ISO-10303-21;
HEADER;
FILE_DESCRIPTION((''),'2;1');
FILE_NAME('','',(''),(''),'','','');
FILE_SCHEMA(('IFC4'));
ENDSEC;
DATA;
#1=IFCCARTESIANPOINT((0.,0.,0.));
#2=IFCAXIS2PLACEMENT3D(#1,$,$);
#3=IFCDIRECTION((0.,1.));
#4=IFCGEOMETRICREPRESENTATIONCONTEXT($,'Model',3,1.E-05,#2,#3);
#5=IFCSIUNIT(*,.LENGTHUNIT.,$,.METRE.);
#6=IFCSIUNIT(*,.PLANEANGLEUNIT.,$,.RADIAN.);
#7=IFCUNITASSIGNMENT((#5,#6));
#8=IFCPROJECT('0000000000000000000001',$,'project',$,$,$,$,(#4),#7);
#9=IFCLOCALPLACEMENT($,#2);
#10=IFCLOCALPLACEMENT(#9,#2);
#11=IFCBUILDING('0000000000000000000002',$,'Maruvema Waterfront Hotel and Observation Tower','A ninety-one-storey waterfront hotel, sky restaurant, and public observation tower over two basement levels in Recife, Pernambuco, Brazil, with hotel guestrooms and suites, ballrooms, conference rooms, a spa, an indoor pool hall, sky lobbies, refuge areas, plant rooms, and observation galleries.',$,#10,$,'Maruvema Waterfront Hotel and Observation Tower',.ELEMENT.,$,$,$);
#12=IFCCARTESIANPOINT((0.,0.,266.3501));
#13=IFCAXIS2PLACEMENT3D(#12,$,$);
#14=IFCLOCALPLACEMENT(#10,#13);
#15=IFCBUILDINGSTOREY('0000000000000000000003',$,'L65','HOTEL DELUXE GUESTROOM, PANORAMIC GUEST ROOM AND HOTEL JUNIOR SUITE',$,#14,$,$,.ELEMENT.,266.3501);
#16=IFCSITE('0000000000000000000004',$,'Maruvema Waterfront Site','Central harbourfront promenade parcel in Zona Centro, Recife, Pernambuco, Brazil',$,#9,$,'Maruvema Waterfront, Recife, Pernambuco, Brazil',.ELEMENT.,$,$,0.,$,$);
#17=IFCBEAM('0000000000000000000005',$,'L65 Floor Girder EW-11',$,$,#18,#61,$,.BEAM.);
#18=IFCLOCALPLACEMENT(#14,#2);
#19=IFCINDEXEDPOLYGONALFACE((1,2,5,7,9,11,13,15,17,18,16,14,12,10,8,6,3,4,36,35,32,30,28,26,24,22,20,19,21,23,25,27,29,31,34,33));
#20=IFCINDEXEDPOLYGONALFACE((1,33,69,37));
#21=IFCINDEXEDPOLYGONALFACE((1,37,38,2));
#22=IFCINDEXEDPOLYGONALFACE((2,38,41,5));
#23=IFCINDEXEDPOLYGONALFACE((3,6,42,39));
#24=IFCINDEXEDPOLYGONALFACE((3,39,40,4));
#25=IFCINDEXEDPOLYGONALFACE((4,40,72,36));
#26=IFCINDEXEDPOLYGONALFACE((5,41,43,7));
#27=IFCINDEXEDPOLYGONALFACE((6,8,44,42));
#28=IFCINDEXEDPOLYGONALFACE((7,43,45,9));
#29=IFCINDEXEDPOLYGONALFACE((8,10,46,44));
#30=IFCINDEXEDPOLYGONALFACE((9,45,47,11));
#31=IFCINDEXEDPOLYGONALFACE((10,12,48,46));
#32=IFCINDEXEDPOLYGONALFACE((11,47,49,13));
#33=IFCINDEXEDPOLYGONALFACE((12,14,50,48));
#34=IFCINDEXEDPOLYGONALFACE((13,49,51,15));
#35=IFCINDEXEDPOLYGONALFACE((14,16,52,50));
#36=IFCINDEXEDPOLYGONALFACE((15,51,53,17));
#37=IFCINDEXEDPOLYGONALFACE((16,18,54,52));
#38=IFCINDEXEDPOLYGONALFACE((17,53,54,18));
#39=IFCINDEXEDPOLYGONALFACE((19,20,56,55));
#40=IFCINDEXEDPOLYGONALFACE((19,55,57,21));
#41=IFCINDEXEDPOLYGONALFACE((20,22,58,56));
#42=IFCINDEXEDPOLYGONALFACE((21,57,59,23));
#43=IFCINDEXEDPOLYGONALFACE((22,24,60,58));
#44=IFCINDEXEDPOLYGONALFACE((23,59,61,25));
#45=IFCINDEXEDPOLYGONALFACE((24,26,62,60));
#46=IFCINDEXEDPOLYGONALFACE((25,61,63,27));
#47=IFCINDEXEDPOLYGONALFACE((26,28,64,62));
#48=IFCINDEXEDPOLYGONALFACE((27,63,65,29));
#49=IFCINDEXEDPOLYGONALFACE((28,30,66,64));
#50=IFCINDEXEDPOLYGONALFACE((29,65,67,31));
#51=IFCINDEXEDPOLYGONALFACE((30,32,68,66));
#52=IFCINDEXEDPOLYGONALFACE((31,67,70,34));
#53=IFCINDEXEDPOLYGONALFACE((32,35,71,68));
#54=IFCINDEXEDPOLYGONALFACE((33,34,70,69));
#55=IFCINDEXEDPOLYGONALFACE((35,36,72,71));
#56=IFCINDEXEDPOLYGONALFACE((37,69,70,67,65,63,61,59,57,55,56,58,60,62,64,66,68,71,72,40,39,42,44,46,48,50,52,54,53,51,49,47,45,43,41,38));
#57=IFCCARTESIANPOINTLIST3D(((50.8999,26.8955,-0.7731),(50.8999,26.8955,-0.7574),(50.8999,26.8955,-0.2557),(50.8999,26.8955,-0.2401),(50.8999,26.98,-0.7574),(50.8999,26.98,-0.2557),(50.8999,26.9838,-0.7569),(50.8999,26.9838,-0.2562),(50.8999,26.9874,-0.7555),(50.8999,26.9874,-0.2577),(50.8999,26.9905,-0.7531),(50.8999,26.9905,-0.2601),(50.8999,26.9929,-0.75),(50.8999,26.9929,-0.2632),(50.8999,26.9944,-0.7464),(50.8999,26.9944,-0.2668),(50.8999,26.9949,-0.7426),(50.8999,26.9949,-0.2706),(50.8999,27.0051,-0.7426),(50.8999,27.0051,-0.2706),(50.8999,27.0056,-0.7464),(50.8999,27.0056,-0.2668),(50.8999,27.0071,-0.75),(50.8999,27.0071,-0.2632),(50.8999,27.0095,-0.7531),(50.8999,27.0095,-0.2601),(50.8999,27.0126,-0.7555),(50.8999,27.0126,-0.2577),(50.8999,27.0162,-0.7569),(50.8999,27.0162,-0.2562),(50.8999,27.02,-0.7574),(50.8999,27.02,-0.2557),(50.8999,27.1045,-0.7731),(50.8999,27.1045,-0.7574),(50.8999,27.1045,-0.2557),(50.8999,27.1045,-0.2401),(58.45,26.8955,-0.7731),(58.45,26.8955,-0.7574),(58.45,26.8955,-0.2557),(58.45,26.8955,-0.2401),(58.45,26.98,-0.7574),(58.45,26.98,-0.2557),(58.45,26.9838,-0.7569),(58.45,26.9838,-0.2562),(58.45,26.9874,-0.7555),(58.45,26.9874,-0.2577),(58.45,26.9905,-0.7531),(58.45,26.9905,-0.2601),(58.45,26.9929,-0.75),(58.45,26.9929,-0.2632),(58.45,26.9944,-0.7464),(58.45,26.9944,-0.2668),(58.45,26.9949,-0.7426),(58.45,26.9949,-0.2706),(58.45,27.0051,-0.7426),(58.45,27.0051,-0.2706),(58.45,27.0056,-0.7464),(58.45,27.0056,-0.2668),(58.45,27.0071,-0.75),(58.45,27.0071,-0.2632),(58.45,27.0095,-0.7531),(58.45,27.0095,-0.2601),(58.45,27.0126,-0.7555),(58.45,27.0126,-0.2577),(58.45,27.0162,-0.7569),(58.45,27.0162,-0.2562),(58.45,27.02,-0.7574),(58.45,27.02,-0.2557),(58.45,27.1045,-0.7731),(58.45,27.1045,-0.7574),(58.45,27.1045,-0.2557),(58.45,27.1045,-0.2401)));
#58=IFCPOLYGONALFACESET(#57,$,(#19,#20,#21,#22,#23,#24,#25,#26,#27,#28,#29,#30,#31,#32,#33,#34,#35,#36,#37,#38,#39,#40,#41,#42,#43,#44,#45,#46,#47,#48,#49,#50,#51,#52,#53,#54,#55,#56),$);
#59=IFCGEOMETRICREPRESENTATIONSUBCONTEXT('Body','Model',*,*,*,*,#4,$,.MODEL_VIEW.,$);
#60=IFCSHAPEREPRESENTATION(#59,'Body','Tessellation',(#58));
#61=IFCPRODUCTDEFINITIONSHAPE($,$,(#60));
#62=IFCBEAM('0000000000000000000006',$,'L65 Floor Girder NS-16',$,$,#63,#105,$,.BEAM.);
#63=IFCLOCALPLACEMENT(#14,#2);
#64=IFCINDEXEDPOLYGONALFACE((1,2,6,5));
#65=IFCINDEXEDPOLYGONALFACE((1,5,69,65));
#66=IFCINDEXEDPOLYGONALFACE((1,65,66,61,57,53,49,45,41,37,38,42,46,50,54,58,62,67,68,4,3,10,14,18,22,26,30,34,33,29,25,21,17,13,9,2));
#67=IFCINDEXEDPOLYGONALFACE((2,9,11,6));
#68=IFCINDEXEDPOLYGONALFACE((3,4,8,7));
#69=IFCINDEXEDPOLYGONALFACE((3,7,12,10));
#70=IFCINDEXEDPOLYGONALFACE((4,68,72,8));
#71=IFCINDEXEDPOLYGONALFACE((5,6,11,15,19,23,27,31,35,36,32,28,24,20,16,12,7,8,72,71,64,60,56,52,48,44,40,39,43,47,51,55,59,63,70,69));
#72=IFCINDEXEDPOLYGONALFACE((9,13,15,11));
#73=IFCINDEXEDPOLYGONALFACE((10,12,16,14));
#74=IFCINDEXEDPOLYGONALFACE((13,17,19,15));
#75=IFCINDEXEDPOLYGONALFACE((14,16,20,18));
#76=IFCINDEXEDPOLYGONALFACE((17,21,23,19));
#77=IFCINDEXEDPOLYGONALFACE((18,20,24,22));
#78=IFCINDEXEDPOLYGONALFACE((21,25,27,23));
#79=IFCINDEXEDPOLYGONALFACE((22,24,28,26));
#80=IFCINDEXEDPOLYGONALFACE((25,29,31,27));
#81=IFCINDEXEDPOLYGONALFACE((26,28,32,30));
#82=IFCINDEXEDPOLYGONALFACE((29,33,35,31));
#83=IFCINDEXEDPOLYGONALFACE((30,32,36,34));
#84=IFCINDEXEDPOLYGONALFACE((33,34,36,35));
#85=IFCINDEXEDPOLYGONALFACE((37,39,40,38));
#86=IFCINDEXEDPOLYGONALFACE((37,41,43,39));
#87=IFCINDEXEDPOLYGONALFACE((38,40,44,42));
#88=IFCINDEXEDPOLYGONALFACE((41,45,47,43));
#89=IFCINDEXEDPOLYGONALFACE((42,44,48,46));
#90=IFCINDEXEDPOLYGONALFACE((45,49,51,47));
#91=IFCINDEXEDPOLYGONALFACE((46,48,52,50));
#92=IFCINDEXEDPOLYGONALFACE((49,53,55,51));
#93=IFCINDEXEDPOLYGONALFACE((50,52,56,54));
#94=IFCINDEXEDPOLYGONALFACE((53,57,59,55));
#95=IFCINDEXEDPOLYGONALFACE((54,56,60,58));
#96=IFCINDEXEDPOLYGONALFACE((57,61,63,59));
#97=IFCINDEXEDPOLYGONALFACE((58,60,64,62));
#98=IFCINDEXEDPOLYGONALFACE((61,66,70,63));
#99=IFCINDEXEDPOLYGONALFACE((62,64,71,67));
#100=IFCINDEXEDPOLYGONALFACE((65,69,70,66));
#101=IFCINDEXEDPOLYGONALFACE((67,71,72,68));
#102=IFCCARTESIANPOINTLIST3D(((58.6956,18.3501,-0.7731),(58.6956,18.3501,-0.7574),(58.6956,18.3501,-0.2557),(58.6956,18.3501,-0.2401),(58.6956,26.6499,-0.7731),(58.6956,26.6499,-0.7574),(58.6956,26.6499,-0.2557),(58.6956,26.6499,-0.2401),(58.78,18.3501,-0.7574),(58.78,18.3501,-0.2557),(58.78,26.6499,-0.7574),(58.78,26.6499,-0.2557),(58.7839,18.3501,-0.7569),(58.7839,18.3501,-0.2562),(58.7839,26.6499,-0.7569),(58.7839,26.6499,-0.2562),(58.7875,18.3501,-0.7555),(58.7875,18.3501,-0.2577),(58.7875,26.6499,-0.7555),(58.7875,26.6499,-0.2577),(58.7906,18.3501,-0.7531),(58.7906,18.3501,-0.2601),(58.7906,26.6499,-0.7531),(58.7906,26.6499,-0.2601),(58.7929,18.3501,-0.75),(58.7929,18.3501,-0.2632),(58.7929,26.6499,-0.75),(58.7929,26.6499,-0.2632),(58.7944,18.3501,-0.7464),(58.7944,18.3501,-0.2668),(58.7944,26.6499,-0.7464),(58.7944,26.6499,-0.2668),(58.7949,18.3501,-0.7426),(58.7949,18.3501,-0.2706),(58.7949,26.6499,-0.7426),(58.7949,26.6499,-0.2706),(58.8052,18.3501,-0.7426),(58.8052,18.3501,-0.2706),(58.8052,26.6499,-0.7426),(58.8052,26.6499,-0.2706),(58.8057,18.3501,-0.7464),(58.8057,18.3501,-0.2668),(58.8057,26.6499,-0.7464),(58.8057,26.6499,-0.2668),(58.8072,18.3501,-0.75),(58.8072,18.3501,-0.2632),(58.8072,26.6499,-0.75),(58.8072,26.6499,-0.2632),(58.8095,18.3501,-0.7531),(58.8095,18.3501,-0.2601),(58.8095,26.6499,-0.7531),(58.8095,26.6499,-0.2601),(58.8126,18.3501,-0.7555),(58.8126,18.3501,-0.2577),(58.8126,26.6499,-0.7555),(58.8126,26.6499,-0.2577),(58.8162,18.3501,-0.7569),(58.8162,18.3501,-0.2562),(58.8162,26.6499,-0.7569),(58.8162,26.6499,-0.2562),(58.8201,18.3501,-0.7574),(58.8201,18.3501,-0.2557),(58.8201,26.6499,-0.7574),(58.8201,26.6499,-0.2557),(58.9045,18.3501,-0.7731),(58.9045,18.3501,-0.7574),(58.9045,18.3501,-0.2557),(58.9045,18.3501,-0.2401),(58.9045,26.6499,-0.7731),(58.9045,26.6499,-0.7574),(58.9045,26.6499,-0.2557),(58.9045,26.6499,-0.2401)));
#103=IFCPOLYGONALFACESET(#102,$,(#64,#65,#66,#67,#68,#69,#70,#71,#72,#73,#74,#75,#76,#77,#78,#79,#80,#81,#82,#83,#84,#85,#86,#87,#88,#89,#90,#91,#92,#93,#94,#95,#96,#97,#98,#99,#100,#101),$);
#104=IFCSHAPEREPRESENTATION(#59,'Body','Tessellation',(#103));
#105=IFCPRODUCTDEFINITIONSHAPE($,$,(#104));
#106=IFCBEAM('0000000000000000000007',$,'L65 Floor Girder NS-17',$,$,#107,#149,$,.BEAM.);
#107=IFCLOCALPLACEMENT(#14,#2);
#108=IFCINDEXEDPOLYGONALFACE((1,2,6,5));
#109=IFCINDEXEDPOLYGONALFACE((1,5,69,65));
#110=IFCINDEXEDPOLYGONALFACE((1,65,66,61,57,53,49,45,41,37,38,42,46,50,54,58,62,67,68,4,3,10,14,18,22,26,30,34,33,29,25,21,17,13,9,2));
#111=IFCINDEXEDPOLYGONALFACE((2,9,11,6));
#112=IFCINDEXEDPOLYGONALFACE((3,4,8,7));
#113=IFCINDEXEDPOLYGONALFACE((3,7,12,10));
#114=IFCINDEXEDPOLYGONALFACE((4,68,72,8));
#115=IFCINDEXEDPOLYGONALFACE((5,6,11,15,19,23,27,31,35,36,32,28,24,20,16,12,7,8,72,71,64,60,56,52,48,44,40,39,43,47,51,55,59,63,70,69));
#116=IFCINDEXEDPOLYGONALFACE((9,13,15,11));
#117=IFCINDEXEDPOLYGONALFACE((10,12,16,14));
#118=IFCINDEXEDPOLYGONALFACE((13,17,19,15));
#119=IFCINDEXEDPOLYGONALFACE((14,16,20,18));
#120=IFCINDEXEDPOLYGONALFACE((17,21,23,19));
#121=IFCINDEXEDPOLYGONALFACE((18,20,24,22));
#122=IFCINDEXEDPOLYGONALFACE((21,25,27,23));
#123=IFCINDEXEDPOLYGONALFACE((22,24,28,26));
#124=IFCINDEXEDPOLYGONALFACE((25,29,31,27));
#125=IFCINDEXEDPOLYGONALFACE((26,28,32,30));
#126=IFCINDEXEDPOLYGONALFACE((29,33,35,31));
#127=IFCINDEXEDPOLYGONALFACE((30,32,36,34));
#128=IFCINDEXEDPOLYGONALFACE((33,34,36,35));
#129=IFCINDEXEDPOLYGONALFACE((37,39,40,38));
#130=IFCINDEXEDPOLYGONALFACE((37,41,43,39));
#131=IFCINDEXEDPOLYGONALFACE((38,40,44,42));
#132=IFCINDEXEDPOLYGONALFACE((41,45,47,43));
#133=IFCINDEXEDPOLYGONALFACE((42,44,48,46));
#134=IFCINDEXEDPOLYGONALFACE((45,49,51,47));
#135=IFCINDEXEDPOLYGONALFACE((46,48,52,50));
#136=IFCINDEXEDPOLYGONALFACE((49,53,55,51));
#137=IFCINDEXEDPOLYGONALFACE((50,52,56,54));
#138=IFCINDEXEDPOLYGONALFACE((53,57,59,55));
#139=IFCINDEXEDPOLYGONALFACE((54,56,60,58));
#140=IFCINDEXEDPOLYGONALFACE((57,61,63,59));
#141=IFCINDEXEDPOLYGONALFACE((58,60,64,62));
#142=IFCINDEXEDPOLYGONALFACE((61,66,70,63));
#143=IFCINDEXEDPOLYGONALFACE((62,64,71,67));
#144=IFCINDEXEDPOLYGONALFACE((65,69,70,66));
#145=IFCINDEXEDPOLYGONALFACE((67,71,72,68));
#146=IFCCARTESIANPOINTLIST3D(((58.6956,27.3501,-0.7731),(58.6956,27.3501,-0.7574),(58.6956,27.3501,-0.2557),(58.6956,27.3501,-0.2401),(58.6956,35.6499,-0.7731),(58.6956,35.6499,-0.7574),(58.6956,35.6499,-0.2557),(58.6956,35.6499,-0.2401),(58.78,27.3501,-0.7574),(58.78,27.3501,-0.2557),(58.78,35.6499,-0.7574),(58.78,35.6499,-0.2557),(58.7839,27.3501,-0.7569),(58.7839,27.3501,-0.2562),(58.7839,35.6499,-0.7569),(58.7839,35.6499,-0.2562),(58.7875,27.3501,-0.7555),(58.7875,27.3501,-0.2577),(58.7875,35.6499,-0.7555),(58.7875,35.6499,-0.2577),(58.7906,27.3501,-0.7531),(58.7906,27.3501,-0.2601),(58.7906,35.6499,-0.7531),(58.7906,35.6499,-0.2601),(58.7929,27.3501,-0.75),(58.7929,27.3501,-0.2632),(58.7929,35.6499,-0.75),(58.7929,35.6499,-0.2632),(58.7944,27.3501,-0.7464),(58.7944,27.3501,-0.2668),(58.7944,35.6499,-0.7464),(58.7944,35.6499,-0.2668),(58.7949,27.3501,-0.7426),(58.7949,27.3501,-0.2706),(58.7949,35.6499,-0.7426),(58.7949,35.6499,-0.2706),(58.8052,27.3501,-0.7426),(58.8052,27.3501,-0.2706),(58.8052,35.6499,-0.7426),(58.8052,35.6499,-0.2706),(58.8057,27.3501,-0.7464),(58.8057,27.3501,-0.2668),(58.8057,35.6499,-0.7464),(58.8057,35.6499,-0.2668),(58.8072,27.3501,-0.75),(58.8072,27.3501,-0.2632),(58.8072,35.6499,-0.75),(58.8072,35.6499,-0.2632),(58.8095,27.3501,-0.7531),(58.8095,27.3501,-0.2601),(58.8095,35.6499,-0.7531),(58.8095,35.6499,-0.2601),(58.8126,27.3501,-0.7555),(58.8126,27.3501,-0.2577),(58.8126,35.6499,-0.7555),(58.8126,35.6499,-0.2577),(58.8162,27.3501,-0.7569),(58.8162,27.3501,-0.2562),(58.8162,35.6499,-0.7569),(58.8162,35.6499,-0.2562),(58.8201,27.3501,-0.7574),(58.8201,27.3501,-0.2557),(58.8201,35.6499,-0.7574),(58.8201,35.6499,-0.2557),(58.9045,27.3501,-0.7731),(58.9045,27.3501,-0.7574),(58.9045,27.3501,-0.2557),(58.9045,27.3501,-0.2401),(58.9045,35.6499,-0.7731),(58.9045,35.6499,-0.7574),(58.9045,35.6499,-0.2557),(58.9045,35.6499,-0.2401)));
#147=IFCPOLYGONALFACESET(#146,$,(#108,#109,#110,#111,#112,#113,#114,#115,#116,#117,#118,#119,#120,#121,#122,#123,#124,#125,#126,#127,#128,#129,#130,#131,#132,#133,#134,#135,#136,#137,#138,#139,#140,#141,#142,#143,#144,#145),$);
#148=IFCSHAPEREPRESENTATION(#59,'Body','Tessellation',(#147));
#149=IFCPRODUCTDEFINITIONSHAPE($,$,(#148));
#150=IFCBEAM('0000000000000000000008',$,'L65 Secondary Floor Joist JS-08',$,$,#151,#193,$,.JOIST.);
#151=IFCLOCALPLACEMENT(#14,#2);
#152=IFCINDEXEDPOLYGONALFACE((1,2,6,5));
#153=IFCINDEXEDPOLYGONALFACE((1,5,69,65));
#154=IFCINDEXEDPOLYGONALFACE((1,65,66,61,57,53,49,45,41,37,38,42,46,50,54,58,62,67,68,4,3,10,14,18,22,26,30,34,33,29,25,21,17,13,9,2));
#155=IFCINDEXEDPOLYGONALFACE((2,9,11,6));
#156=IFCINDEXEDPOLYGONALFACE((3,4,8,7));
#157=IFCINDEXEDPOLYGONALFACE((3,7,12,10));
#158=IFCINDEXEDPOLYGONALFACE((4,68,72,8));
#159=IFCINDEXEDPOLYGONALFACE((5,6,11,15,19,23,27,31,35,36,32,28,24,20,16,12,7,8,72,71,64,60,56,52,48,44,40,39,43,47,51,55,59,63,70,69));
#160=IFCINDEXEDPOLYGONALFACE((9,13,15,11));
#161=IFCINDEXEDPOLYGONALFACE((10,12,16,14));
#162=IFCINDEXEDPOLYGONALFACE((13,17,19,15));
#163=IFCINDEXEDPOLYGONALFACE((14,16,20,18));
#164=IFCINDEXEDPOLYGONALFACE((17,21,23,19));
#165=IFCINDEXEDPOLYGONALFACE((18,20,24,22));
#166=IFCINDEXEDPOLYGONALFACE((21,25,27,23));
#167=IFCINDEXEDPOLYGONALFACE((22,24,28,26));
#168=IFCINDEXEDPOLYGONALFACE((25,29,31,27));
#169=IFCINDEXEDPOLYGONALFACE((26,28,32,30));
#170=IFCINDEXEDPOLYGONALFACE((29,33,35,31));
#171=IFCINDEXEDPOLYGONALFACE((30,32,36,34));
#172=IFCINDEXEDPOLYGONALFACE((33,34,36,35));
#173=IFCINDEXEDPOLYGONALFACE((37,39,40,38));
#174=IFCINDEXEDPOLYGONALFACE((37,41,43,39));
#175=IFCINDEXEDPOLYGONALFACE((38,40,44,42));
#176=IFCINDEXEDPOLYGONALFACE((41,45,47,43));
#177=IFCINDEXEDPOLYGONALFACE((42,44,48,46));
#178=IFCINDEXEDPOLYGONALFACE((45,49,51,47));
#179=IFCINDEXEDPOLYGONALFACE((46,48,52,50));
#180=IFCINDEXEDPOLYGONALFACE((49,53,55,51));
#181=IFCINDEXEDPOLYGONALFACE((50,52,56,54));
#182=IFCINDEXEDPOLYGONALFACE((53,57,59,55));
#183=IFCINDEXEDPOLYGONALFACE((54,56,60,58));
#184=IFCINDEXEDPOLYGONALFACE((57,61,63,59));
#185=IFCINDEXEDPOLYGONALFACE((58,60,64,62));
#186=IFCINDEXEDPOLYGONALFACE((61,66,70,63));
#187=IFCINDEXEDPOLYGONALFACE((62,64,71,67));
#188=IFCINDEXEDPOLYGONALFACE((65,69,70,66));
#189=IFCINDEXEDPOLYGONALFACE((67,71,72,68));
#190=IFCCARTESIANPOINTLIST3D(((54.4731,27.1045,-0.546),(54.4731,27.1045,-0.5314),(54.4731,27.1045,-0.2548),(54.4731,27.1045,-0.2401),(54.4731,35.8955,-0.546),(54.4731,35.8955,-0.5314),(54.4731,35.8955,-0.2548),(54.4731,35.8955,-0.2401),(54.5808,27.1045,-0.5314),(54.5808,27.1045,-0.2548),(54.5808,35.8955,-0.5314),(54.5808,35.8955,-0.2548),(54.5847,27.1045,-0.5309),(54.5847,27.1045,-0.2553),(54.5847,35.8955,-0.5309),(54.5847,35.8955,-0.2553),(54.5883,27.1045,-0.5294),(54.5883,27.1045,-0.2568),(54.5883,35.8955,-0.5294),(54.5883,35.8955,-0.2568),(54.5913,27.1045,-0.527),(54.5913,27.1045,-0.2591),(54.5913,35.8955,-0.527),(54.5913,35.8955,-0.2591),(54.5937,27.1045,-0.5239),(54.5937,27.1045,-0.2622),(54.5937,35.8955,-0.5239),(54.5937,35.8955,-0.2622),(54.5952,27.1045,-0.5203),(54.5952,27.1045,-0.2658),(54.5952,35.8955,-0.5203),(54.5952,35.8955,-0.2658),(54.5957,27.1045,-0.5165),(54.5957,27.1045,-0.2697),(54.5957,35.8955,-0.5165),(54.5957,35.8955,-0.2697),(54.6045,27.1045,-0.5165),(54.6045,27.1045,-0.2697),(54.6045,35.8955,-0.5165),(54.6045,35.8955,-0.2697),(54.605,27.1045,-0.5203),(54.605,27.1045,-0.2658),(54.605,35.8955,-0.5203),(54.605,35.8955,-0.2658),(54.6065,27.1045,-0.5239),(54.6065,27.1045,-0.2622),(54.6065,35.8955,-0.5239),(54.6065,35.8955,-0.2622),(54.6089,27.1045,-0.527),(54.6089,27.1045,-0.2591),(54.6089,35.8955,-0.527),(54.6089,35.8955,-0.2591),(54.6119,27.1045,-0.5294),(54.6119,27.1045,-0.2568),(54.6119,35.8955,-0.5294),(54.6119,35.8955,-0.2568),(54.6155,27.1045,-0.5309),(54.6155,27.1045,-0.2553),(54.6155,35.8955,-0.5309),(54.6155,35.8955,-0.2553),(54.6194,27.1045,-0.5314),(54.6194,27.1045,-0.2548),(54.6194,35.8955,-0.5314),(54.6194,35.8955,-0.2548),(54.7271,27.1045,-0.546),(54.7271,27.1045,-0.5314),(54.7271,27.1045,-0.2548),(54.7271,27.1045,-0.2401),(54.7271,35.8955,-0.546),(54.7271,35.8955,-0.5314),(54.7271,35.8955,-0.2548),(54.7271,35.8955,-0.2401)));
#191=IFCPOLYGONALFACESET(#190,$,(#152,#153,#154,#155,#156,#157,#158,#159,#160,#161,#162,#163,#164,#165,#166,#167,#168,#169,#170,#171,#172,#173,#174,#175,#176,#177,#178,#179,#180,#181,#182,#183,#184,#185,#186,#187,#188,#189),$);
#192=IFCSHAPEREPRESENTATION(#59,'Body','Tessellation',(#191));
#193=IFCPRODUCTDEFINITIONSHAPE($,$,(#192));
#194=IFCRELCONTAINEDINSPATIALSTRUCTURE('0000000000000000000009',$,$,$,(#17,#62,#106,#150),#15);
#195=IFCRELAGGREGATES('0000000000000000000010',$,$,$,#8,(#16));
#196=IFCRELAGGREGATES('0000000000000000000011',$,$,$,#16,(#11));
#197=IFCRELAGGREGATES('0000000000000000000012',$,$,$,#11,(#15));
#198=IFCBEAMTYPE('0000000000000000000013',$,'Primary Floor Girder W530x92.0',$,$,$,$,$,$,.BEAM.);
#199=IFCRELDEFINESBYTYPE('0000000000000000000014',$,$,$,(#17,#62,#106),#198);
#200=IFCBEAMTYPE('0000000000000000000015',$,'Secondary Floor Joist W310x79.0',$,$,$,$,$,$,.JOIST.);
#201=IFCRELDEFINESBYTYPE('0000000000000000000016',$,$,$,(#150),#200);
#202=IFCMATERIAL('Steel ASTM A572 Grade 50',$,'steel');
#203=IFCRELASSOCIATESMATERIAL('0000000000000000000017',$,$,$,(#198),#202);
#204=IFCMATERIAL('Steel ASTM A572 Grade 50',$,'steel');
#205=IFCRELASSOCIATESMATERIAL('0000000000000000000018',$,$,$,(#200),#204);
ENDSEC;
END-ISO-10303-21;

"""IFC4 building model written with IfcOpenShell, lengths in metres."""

from ifc_helpers import new_model, si_unit, direction, frame, origin, origin_2d, place, context, subcontext, project, spatial, i_section, extrude, material, material_profile, profile_set, type_object, element, save


model = new_model("IFC4")

# Units and contexts
model_context = context("Model", 3, precision=1e-05, world=origin(), true_north=direction((0.0, 1.0)))
body_context = subcontext(model_context, "Body", "Model", "MODEL_VIEW")
ifc_project = project(units=[si_unit("LENGTHUNIT", "METRE"), si_unit("PLANEANGLEUNIT", "RADIAN")], contexts=[model_context])

# Site, building, storey
site_placement = place(None, origin())
site = spatial("IfcSite", under=ifc_project, at=site_placement, Name="Maruvema Waterfront Site", Description="Central harbourfront promenade parcel in Zona Centro, Recife, Pernambuco, Brazil", LongName="Maruvema Waterfront, Recife, Pernambuco, Brazil", CompositionType="ELEMENT", RefElevation=0.0)
building_placement = place(site_placement, origin())
building = spatial("IfcBuilding", under=site, at=building_placement, Name="Maruvema Waterfront Hotel and Observation Tower", Description="A ninety-one-storey waterfront hotel, sky restaurant, and public observation tower over two basement levels in Recife, Pernambuco, Brazil, with hotel guestrooms and suites, ballrooms, conference rooms, a spa, an indoor pool hall, sky lobbies, refuge areas, plant rooms, and observation galleries.", LongName="Maruvema Waterfront Hotel and Observation Tower", CompositionType="ELEMENT")
storey_placement = place(building_placement, frame((0.0, 0.0, 266.3501)))
storey = spatial("IfcBuildingStorey", under=building, at=storey_placement, Name="L65", Description="HOTEL DELUXE GUESTROOM, PANORAMIC GUEST ROOM AND HOTEL JUNIOR SUITE", CompositionType="ELEMENT", Elevation=266.3501)

# Beams
ifc_material_1 = material(Name="Steel ASTM A572 Grade 50", Category="steel")
ifc_material_profile_1 = material_profile(ifc_material_1, i_section(OverallWidth=0.209, OverallDepth=0.533, WebThickness=0.0103, FlangeThickness=0.0156, FilletRadius=0.0149, at=origin_2d()), Name="W530x92.0")
ifc_profile_set_1 = profile_set([ifc_material_profile_1], Name="Steel ASTM A572 Grade 50")
beam_type_1 = type_object("IfcBeamType", Name="Primary Floor Girder W530x92.0", PredefinedType="BEAM", material=ifc_profile_set_1)
beam_1_placement = place(storey_placement, frame((50.8999, 27.0, -0.5066), z_axis=(1.0, 0.0, 0.0), x_axis=(0.0, 1.0, 0.0)))
element("IfcBeam", 1, at=beam_1_placement, inside=storey, type_object=beam_type_1, Name="L65 Floor Girder EW-11", PredefinedType="BEAM", context=body_context, shape_type="SweptSolid", body=[
    extrude(i_section(OverallWidth=0.209, OverallDepth=0.533, WebThickness=0.0103, FlangeThickness=0.0156, FilletRadius=0.0149, at=origin_2d()), origin(), (0.0, 0.0, 1.0), 7.55),
])
for number, where, z_axis, x_axis, name in (
    (2, (58.8, 18.3501, -0.5066), (0.0, 1.0, 0.0), (-1.0, 0.0, 0.0), "L65 Floor Girder NS-16"),
    (3, (58.8, 27.3501, -0.5066), (0.0, 1.0, 0.0), (-1.0, 0.0, 0.0), "L65 Floor Girder NS-17"),
):
    element("IfcBeam", number, at=place(storey_placement, frame(where, z_axis=z_axis, x_axis=x_axis)), inside=storey, type_object=beam_type_1, Name=name, PredefinedType="BEAM", context=body_context, shape_type="SweptSolid", body=[
        extrude(i_section(OverallWidth=0.209, OverallDepth=0.533, WebThickness=0.0103, FlangeThickness=0.0156, FilletRadius=0.0149, at=origin_2d()), origin(), (0.0, 0.0, 1.0), 8.2998),
    ])
ifc_material_2 = material(Name="Steel ASTM A572 Grade 50", Category="steel")
ifc_material_profile_2 = material_profile(ifc_material_2, i_section(OverallWidth=0.2539, OverallDepth=0.3059, WebThickness=0.0088, FlangeThickness=0.0146, FilletRadius=0.0149, at=origin_2d()), Name="W310x79.0")
ifc_profile_set_2 = profile_set([ifc_material_profile_2], Name="Steel ASTM A572 Grade 50")
beam_type_2 = type_object("IfcBeamType", Name="Secondary Floor Joist W310x79.0", PredefinedType="JOIST", material=ifc_profile_set_2)
beam_2_placement = place(storey_placement, frame((54.6001, 27.1045, -0.3931), z_axis=(0.0, 1.0, 0.0), x_axis=(-1.0, 0.0, 0.0)))
element("IfcBeam", 4, at=beam_2_placement, inside=storey, type_object=beam_type_2, Name="L65 Secondary Floor Joist JS-08", PredefinedType="JOIST", context=body_context, shape_type="SweptSolid", body=[
    extrude(i_section(OverallWidth=0.2539, OverallDepth=0.3059, WebThickness=0.0088, FlangeThickness=0.0146, FilletRadius=0.0149, at=origin_2d()), origin(), (0.0, 0.0, 1.0), 8.791),
])

save(model, "model.ifc")
